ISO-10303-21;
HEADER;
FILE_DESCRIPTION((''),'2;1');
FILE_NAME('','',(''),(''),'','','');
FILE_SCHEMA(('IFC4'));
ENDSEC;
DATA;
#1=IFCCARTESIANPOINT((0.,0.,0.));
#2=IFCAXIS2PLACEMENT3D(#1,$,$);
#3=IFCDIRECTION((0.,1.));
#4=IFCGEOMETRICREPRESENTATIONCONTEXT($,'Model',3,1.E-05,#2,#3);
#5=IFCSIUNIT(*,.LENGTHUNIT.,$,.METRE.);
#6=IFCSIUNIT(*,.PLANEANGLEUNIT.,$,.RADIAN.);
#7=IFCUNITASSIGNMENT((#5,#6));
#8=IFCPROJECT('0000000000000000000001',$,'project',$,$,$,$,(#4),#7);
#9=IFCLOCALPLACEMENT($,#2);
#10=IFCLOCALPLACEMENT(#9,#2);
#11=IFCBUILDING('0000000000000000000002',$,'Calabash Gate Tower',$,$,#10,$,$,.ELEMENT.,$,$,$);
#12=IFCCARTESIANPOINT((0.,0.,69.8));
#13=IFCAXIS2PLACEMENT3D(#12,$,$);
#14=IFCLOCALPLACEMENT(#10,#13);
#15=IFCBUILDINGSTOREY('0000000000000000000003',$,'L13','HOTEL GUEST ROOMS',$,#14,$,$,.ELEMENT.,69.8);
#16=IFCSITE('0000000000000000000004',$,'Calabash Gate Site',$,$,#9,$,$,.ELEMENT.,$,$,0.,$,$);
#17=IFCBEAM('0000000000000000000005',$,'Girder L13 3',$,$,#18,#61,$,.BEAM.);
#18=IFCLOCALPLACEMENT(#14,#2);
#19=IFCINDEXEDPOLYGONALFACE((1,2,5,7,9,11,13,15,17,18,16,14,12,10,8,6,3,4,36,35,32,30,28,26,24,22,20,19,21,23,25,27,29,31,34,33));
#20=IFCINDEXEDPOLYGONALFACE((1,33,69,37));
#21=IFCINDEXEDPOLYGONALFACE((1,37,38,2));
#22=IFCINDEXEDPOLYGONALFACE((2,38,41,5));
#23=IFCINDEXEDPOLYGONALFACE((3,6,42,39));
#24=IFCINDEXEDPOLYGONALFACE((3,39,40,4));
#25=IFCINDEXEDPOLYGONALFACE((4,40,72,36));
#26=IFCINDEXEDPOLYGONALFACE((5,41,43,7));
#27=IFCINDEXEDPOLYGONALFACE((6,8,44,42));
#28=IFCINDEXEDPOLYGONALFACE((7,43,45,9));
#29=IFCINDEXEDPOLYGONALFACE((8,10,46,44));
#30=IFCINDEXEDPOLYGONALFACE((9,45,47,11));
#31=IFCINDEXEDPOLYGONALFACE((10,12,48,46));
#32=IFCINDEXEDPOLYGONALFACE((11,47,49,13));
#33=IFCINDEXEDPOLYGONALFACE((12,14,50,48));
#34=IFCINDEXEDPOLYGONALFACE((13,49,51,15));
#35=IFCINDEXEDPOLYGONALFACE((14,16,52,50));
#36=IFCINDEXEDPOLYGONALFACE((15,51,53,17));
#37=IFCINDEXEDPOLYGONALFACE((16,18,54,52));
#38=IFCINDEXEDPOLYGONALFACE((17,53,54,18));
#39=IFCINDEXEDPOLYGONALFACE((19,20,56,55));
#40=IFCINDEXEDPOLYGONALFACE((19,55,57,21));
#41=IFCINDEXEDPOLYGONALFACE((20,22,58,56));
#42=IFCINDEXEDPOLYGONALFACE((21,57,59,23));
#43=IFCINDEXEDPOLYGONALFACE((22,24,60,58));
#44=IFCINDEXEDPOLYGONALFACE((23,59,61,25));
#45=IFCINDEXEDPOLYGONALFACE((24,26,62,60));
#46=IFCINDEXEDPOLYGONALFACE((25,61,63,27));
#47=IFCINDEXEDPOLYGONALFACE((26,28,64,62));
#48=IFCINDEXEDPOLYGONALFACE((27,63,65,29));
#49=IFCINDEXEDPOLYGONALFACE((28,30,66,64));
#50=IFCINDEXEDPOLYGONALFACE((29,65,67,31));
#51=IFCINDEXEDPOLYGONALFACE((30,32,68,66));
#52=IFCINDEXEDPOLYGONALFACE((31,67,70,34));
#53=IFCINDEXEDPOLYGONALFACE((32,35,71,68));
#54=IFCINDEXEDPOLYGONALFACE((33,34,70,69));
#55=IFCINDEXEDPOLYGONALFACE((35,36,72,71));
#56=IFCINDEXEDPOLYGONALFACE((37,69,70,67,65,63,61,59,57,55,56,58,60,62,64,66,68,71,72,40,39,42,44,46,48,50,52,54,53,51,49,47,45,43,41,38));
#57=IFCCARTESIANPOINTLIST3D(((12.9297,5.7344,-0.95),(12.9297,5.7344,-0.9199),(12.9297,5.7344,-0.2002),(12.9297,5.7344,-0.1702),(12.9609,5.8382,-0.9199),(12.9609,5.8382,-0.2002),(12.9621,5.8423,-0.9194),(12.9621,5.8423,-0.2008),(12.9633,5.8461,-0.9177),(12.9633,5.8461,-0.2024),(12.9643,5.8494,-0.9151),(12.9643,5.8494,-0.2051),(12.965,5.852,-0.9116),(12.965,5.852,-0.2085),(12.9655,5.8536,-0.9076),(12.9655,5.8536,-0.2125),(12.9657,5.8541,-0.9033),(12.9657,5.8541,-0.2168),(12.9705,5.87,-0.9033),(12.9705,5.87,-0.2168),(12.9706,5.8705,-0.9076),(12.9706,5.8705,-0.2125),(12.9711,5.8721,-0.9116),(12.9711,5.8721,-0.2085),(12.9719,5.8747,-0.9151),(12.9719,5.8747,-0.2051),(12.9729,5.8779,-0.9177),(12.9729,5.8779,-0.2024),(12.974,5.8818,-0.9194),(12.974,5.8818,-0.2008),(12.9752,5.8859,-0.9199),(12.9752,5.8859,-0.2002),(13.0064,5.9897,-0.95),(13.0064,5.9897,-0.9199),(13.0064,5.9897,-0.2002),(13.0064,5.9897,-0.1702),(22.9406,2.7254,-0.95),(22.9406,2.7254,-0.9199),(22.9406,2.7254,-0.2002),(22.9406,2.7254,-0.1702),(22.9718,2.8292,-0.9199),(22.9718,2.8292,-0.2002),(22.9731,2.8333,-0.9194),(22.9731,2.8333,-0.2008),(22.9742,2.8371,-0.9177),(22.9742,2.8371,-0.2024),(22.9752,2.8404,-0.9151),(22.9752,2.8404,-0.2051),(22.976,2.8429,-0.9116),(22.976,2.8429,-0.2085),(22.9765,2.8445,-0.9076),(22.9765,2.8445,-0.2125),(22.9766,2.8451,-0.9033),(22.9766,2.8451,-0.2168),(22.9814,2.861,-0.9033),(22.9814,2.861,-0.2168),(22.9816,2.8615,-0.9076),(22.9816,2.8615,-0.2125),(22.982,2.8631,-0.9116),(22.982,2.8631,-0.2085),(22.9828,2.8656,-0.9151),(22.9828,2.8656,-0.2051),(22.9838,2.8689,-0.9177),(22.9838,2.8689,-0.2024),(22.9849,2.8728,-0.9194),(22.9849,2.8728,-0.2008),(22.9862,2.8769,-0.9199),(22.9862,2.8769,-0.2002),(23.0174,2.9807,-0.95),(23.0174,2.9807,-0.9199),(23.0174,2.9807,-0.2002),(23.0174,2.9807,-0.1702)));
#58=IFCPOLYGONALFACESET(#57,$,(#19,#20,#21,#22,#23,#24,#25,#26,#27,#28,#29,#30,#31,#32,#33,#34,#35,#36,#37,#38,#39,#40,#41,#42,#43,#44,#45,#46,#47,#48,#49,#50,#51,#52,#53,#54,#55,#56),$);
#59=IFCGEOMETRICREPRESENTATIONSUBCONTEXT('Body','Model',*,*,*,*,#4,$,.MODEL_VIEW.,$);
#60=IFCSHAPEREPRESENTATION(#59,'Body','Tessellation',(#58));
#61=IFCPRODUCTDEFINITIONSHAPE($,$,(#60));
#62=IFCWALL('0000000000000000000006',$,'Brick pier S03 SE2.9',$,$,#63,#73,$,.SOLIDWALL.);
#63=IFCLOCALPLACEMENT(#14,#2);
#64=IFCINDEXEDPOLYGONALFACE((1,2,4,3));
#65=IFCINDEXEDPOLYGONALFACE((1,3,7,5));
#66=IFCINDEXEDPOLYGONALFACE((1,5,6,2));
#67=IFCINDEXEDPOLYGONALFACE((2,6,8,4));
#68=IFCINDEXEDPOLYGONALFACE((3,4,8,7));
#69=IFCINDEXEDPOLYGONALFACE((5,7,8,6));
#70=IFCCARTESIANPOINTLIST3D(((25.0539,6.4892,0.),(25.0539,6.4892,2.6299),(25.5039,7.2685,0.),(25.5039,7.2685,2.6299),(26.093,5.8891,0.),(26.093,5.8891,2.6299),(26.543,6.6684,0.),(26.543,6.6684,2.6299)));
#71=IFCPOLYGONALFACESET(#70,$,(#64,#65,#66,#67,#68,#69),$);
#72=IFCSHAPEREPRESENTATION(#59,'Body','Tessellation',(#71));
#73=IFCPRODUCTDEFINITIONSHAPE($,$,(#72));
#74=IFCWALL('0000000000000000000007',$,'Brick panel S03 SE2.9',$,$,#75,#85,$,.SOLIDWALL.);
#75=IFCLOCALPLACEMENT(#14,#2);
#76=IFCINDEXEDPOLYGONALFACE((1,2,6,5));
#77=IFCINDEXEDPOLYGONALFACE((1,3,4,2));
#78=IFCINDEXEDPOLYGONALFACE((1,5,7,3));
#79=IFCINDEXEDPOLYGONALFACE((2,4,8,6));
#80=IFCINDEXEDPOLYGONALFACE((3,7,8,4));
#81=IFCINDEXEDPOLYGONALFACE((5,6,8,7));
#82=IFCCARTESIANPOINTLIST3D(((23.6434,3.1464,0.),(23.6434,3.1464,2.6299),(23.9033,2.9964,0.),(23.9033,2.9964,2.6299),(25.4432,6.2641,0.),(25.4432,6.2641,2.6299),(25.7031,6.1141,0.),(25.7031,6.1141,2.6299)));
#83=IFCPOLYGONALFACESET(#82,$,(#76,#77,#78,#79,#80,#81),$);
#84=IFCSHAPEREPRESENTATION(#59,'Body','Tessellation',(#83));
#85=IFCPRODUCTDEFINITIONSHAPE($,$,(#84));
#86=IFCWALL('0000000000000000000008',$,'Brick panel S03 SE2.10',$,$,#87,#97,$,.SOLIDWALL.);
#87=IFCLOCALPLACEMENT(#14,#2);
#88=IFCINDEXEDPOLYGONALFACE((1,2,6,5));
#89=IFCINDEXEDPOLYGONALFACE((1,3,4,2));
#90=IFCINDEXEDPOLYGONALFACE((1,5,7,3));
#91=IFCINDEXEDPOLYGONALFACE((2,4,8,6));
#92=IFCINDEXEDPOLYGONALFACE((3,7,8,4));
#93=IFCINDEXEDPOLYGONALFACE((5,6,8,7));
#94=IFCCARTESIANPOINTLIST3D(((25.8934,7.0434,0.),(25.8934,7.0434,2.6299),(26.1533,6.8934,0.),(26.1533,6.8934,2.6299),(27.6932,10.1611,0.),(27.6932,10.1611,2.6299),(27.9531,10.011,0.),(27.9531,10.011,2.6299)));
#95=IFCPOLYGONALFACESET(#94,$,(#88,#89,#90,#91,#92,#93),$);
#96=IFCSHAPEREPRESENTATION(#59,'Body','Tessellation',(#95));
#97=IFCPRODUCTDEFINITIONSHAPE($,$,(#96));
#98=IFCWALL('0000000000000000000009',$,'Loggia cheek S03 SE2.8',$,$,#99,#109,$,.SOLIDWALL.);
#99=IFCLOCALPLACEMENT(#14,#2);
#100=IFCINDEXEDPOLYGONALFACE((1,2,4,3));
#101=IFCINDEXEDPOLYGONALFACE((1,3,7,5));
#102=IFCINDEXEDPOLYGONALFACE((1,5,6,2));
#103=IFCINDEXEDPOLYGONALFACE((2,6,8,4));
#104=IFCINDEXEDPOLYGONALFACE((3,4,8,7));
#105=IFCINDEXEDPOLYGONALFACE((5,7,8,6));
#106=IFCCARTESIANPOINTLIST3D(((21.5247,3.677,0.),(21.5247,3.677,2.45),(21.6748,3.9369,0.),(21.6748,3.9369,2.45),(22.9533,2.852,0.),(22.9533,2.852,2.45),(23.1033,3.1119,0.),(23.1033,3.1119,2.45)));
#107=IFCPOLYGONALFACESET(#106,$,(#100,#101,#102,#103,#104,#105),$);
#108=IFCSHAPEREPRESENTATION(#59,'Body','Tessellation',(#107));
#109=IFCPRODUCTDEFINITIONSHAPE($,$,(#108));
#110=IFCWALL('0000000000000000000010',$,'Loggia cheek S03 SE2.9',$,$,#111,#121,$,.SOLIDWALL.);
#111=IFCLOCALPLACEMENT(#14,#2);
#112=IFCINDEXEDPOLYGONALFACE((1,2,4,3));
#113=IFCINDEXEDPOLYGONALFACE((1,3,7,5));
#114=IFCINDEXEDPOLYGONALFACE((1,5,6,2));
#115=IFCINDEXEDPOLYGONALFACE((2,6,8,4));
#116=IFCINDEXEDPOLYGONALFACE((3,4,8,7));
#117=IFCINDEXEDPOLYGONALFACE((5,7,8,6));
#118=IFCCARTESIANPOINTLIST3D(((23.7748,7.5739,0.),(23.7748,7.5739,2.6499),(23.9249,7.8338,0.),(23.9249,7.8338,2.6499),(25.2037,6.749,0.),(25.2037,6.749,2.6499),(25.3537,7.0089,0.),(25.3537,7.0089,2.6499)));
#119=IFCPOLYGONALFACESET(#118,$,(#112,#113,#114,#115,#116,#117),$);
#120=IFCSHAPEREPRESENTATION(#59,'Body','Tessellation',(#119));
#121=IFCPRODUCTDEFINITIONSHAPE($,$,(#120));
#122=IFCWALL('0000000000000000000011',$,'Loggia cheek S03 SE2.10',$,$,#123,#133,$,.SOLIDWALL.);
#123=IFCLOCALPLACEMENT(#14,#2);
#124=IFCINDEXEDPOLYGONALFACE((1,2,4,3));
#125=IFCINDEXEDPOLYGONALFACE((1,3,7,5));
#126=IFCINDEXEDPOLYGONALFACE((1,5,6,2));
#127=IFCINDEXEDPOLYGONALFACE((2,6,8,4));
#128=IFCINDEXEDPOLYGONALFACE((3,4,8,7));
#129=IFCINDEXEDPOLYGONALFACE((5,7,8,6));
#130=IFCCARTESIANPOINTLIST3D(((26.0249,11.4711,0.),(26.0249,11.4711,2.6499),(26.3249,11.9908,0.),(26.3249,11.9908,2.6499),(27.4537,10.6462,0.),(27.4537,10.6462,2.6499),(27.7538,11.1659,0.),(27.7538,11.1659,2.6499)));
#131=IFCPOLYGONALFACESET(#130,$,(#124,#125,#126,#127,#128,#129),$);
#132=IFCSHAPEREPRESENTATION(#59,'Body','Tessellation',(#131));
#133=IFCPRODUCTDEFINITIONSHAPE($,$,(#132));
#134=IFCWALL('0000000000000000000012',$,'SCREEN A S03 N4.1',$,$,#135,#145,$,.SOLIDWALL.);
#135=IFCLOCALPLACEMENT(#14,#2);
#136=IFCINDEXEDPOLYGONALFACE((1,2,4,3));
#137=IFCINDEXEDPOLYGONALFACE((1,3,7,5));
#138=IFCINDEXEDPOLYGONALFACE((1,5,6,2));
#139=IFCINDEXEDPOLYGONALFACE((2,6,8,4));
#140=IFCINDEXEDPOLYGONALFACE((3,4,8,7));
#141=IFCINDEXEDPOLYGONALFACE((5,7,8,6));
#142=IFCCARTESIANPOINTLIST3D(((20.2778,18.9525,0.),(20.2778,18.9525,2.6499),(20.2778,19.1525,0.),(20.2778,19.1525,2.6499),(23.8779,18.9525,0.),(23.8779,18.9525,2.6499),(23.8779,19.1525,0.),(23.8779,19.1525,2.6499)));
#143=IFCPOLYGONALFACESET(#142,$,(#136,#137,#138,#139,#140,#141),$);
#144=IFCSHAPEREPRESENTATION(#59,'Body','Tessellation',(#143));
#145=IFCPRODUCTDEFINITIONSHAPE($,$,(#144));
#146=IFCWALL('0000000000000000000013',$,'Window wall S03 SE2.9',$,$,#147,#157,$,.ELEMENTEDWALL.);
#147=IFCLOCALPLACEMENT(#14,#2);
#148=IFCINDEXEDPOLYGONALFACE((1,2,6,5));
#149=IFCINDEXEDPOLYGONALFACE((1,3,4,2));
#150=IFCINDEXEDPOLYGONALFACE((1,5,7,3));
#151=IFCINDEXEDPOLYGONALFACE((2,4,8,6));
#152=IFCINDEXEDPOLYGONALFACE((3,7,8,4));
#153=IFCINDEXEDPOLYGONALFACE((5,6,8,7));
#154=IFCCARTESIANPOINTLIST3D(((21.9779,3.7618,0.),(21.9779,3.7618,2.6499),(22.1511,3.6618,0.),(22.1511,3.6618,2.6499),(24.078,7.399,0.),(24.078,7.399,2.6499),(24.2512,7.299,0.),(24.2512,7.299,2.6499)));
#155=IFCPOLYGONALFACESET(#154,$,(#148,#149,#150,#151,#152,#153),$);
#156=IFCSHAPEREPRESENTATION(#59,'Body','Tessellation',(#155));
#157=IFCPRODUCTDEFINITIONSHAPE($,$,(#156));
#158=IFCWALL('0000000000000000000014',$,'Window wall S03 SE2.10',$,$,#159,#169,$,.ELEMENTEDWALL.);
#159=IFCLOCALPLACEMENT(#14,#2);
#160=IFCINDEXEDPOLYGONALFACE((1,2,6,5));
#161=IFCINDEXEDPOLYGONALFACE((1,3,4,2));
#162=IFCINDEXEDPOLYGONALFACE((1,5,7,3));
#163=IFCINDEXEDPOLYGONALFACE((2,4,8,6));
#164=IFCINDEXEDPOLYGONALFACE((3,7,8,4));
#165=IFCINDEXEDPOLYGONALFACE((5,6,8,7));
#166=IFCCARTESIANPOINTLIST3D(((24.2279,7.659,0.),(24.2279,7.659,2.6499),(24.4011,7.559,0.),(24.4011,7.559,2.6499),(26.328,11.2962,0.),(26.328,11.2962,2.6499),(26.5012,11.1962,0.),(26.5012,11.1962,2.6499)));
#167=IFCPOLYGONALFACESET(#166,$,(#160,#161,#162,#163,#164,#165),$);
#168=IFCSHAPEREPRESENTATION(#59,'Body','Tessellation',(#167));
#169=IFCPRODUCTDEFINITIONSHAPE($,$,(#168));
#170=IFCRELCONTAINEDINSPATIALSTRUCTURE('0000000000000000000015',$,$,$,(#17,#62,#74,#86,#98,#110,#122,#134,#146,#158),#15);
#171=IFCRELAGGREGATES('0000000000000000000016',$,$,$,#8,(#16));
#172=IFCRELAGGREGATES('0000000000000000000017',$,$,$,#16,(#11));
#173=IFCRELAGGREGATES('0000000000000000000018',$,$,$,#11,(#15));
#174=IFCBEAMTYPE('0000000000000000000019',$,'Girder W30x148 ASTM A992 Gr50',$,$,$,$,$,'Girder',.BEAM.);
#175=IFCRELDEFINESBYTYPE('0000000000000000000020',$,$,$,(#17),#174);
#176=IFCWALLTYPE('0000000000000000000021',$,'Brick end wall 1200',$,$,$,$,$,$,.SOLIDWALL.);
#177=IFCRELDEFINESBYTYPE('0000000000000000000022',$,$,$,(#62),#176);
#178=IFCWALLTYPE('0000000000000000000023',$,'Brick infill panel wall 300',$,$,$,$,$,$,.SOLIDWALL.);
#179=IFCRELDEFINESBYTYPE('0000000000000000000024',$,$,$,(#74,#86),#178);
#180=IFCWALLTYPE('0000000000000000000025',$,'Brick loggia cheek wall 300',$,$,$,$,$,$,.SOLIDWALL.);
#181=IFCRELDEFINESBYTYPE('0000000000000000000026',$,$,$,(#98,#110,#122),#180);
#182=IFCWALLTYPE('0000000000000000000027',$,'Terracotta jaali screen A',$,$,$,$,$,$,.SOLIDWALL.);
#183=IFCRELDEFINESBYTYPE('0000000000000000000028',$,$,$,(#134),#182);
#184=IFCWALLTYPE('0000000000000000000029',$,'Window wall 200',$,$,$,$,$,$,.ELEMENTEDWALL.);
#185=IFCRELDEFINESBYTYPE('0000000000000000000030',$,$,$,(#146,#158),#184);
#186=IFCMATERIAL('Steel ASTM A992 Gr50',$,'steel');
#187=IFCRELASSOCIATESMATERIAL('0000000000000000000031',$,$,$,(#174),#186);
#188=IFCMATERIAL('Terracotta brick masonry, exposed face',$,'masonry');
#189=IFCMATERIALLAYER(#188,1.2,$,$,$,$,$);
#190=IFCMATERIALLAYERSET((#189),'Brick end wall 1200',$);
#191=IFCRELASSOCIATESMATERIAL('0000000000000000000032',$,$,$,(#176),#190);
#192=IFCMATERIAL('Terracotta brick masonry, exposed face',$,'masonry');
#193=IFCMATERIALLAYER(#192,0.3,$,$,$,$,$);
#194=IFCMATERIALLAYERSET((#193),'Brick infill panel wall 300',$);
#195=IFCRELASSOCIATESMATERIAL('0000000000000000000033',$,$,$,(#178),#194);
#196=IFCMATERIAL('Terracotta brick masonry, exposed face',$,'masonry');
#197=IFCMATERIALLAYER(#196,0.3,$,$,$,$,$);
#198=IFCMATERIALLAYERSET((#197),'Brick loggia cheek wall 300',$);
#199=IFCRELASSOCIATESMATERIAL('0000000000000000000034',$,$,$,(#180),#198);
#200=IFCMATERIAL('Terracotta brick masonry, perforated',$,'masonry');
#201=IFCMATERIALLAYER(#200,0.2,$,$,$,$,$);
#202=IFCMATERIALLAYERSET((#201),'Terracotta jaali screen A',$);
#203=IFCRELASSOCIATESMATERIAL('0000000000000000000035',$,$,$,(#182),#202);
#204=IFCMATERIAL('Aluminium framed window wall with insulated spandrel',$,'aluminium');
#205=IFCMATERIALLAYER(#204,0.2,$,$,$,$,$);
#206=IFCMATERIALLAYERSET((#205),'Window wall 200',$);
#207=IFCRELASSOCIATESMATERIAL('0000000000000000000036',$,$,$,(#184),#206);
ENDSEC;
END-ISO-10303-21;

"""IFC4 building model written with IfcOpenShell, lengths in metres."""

from ifc_helpers import new_model, si_unit, direction, frame, frame_2d, origin, origin_2d, place, context, subcontext, project, spatial, rectangle, i_section, extrude, material, layer, layer_set, material_profile, profile_set, type_object, element, save


model = new_model("IFC4")

# Units and contexts
model_context = context("Model", 3, precision=1e-05, world=origin(), true_north=direction((0.0, 1.0)))
body_context = subcontext(model_context, "Body", "Model", "MODEL_VIEW")
ifc_project = project(units=[si_unit("LENGTHUNIT", "METRE"), si_unit("PLANEANGLEUNIT", "RADIAN")], contexts=[model_context])

# Site, building, storey
site_placement = place(None, origin())
site = spatial("IfcSite", under=ifc_project, at=site_placement, Name="Calabash Gate Site", CompositionType="ELEMENT", RefElevation=0.0)
building_placement = place(site_placement, origin())
building = spatial("IfcBuilding", under=site, at=building_placement, Name="Calabash Gate Tower", CompositionType="ELEMENT")
storey_placement = place(building_placement, frame((0.0, 0.0, 69.8)))
storey = spatial("IfcBuildingStorey", under=building, at=storey_placement, Name="L13", Description="HOTEL GUEST ROOMS", CompositionType="ELEMENT", Elevation=69.8)

# Beam
ifc_material_1 = material(Name="Steel ASTM A992 Gr50", Category="steel")
ifc_material_profile_1 = material_profile(ifc_material_1, i_section(OverallWidth=0.2666, OverallDepth=0.7798, WebThickness=0.0166, FlangeThickness=0.03, FilletRadius=0.0166, at=origin_2d()))
ifc_profile_set_1 = profile_set([ifc_material_profile_1], Name="Steel ASTM A992 Gr50")
beam_type_1 = type_object("IfcBeamType", Name="Girder W30x148 ASTM A992 Gr50", ElementType="Girder", PredefinedType="BEAM", material=ifc_profile_set_1)
beam_1_placement = place(storey_placement, frame((22.979, 2.853, -0.5601), z_axis=(-0.957675, 0.287851, 0.0), x_axis=(-0.287851, -0.957675, 0.0)))
element("IfcBeam", 1, at=beam_1_placement, inside=storey, type_object=beam_type_1, Name="Girder L13 3", PredefinedType="BEAM", context=body_context, shape_type="SweptSolid", body=[
    extrude(i_section(OverallWidth=0.2666, OverallDepth=0.7798, WebThickness=0.0166, FlangeThickness=0.03, FilletRadius=0.0166, at=origin_2d()), origin(), (0.0, 0.0, 1.0), 10.4534),
])

# Walls
ifc_material_2 = material(Name="Terracotta brick masonry, exposed face", Category="masonry")
ifc_layer_1 = layer(ifc_material_2, 1.2)
ifc_layer_set_1 = layer_set([ifc_layer_1], Name="Brick end wall 1200")
wall_type_1 = type_object("IfcWallType", Name="Brick end wall 1200", PredefinedType="SOLIDWALL", material=ifc_layer_set_1)
wall_1_placement = place(storey_placement, frame((25.2788, 6.8789, 0.0), z_axis=(0.0, 0.0, 1.0), x_axis=(0.865955, -0.500122, 0.0)))
element("IfcWall", 2, at=wall_1_placement, inside=storey, type_object=wall_type_1, Name="Brick pier S03 SE2.9", PredefinedType="SOLIDWALL", context=body_context, shape_type="SweptSolid", body=[
    extrude(rectangle(XDim=1.2, YDim=0.8999, at=frame_2d((0.6001, 0.0))), origin(), (0.0, 0.0, 1.0), 2.6299),
])
ifc_material_3 = material(Name="Terracotta brick masonry, exposed face", Category="masonry")
ifc_layer_2 = layer(ifc_material_3, 0.3)
ifc_layer_set_2 = layer_set([ifc_layer_2], Name="Brick infill panel wall 300")
wall_type_2 = type_object("IfcWallType", Name="Brick infill panel wall 300", PredefinedType="SOLIDWALL", material=ifc_layer_set_2)
for number, where, z_axis, x_axis, name in (
    (3, (23.7734, 3.0715, 0.0), (0.0, 0.0, 1.0), (0.499961, 0.866048, 0.0), "Brick panel S03 SE2.9"),
    (4, (26.0234, 6.9685, 0.0), (0.0, 0.0, 1.0), (0.499961, 0.866048, 0.0), "Brick panel S03 SE2.10"),
):
    element("IfcWall", number, at=place(storey_placement, frame(where, z_axis=z_axis, x_axis=x_axis)), inside=storey, type_object=wall_type_2, Name=name, PredefinedType="SOLIDWALL", context=body_context, shape_type="SweptSolid", body=[
        extrude(rectangle(XDim=3.5999, YDim=0.3, at=frame_2d((1.7998, 0.0))), origin(), (0.0, 0.0, 1.0), 2.6299),
    ])
ifc_material_4 = material(Name="Terracotta brick masonry, exposed face", Category="masonry")
ifc_layer_3 = layer(ifc_material_4, 0.3)
ifc_layer_set_3 = layer_set([ifc_layer_3], Name="Brick loggia cheek wall 300")
wall_type_3 = type_object("IfcWallType", Name="Brick loggia cheek wall 300", PredefinedType="SOLIDWALL", material=ifc_layer_set_3)
wall_2_placement = place(storey_placement, frame((21.5999, 3.8069, 0.0), z_axis=(0.0, 0.0, 1.0), x_axis=(0.865966, -0.500103, 0.0)))
element("IfcWall", 5, at=wall_2_placement, inside=storey, type_object=wall_type_3, Name="Loggia cheek S03 SE2.8", PredefinedType="SOLIDWALL", context=body_context, shape_type="SweptSolid", body=[
    extrude(rectangle(XDim=1.6497, YDim=0.3, at=frame_2d((0.8247, 0.0))), origin(), (0.0, 0.0, 1.0), 2.45),
])
wall_3_placement = place(storey_placement, frame((23.8499, 7.7039, 0.0), z_axis=(0.0, 0.0, 1.0), x_axis=(0.86604, -0.499974, 0.0)))
element("IfcWall", 6, at=wall_3_placement, inside=storey, type_object=wall_type_3, Name="Loggia cheek S03 SE2.9", PredefinedType="SOLIDWALL", context=body_context, shape_type="SweptSolid", body=[
    extrude(rectangle(XDim=1.6499, YDim=0.3, at=frame_2d((0.825, 0.0))), origin(), (0.0, 0.0, 1.0), 2.6499),
])
wall_4_placement = place(storey_placement, frame((27.6038, 10.906, 0.0), z_axis=(0.0, 0.0, 1.0), x_axis=(-0.86604, 0.499974, 0.0)))
element("IfcWall", 7, at=wall_4_placement, inside=storey, type_object=wall_type_3, Name="Loggia cheek S03 SE2.10", PredefinedType="SOLIDWALL", context=body_context, shape_type="SweptSolid", body=[
    extrude(rectangle(XDim=1.6499, YDim=0.6001, at=frame_2d((0.825, 0.0))), origin(), (0.0, 0.0, 1.0), 2.6499),
])
ifc_material_5 = material(Name="Terracotta brick masonry, perforated", Category="masonry")
ifc_layer_4 = layer(ifc_material_5, 0.2)
ifc_layer_set_4 = layer_set([ifc_layer_4], Name="Terracotta jaali screen A")
wall_type_4 = type_object("IfcWallType", Name="Terracotta jaali screen A", PredefinedType="SOLIDWALL", material=ifc_layer_set_4)
wall_5_placement = place(storey_placement, frame((23.8779, 19.0525, 0.0), z_axis=(0.0, 0.0, 1.0), x_axis=(-1.0, 0.0, 0.0)))
element("IfcWall", 8, at=wall_5_placement, inside=storey, type_object=wall_type_4, Name="SCREEN A S03 N4.1", PredefinedType="SOLIDWALL", context=body_context, shape_type="SweptSolid", body=[
    extrude(rectangle(XDim=3.6001, YDim=0.2, at=frame_2d((1.8, 0.0))), origin(), (0.0, 0.0, 1.0), 2.6499),
])
ifc_material_6 = material(Name="Aluminium framed window wall with insulated spandrel", Category="aluminium")
ifc_layer_5 = layer(ifc_material_6, 0.2)
ifc_layer_set_5 = layer_set([ifc_layer_5], Name="Window wall 200")
wall_type_5 = type_object("IfcWallType", Name="Window wall 200", PredefinedType="ELEMENTEDWALL", material=ifc_layer_set_5)
for number, where, z_axis, x_axis, name in (
    (9, (22.0645, 3.7117, 0.0), (0.0, 0.0, 1.0), (0.500028, 0.866009, 0.0), "Window wall S03 SE2.9"),
    (10, (24.3145, 7.6089, 0.0), (0.0, 0.0, 1.0), (0.500028, 0.866009, 0.0), "Window wall S03 SE2.10"),
):
    element("IfcWall", number, at=place(storey_placement, frame(where, z_axis=z_axis, x_axis=x_axis)), inside=storey, type_object=wall_type_5, Name=name, PredefinedType="ELEMENTEDWALL", context=body_context, shape_type="SweptSolid", body=[
        extrude(rectangle(XDim=4.2, YDim=0.2, at=frame_2d((2.1001, 0.0))), origin(), (0.0, 0.0, 1.0), 2.6499),
    ])

save(model, "model.ifc")
